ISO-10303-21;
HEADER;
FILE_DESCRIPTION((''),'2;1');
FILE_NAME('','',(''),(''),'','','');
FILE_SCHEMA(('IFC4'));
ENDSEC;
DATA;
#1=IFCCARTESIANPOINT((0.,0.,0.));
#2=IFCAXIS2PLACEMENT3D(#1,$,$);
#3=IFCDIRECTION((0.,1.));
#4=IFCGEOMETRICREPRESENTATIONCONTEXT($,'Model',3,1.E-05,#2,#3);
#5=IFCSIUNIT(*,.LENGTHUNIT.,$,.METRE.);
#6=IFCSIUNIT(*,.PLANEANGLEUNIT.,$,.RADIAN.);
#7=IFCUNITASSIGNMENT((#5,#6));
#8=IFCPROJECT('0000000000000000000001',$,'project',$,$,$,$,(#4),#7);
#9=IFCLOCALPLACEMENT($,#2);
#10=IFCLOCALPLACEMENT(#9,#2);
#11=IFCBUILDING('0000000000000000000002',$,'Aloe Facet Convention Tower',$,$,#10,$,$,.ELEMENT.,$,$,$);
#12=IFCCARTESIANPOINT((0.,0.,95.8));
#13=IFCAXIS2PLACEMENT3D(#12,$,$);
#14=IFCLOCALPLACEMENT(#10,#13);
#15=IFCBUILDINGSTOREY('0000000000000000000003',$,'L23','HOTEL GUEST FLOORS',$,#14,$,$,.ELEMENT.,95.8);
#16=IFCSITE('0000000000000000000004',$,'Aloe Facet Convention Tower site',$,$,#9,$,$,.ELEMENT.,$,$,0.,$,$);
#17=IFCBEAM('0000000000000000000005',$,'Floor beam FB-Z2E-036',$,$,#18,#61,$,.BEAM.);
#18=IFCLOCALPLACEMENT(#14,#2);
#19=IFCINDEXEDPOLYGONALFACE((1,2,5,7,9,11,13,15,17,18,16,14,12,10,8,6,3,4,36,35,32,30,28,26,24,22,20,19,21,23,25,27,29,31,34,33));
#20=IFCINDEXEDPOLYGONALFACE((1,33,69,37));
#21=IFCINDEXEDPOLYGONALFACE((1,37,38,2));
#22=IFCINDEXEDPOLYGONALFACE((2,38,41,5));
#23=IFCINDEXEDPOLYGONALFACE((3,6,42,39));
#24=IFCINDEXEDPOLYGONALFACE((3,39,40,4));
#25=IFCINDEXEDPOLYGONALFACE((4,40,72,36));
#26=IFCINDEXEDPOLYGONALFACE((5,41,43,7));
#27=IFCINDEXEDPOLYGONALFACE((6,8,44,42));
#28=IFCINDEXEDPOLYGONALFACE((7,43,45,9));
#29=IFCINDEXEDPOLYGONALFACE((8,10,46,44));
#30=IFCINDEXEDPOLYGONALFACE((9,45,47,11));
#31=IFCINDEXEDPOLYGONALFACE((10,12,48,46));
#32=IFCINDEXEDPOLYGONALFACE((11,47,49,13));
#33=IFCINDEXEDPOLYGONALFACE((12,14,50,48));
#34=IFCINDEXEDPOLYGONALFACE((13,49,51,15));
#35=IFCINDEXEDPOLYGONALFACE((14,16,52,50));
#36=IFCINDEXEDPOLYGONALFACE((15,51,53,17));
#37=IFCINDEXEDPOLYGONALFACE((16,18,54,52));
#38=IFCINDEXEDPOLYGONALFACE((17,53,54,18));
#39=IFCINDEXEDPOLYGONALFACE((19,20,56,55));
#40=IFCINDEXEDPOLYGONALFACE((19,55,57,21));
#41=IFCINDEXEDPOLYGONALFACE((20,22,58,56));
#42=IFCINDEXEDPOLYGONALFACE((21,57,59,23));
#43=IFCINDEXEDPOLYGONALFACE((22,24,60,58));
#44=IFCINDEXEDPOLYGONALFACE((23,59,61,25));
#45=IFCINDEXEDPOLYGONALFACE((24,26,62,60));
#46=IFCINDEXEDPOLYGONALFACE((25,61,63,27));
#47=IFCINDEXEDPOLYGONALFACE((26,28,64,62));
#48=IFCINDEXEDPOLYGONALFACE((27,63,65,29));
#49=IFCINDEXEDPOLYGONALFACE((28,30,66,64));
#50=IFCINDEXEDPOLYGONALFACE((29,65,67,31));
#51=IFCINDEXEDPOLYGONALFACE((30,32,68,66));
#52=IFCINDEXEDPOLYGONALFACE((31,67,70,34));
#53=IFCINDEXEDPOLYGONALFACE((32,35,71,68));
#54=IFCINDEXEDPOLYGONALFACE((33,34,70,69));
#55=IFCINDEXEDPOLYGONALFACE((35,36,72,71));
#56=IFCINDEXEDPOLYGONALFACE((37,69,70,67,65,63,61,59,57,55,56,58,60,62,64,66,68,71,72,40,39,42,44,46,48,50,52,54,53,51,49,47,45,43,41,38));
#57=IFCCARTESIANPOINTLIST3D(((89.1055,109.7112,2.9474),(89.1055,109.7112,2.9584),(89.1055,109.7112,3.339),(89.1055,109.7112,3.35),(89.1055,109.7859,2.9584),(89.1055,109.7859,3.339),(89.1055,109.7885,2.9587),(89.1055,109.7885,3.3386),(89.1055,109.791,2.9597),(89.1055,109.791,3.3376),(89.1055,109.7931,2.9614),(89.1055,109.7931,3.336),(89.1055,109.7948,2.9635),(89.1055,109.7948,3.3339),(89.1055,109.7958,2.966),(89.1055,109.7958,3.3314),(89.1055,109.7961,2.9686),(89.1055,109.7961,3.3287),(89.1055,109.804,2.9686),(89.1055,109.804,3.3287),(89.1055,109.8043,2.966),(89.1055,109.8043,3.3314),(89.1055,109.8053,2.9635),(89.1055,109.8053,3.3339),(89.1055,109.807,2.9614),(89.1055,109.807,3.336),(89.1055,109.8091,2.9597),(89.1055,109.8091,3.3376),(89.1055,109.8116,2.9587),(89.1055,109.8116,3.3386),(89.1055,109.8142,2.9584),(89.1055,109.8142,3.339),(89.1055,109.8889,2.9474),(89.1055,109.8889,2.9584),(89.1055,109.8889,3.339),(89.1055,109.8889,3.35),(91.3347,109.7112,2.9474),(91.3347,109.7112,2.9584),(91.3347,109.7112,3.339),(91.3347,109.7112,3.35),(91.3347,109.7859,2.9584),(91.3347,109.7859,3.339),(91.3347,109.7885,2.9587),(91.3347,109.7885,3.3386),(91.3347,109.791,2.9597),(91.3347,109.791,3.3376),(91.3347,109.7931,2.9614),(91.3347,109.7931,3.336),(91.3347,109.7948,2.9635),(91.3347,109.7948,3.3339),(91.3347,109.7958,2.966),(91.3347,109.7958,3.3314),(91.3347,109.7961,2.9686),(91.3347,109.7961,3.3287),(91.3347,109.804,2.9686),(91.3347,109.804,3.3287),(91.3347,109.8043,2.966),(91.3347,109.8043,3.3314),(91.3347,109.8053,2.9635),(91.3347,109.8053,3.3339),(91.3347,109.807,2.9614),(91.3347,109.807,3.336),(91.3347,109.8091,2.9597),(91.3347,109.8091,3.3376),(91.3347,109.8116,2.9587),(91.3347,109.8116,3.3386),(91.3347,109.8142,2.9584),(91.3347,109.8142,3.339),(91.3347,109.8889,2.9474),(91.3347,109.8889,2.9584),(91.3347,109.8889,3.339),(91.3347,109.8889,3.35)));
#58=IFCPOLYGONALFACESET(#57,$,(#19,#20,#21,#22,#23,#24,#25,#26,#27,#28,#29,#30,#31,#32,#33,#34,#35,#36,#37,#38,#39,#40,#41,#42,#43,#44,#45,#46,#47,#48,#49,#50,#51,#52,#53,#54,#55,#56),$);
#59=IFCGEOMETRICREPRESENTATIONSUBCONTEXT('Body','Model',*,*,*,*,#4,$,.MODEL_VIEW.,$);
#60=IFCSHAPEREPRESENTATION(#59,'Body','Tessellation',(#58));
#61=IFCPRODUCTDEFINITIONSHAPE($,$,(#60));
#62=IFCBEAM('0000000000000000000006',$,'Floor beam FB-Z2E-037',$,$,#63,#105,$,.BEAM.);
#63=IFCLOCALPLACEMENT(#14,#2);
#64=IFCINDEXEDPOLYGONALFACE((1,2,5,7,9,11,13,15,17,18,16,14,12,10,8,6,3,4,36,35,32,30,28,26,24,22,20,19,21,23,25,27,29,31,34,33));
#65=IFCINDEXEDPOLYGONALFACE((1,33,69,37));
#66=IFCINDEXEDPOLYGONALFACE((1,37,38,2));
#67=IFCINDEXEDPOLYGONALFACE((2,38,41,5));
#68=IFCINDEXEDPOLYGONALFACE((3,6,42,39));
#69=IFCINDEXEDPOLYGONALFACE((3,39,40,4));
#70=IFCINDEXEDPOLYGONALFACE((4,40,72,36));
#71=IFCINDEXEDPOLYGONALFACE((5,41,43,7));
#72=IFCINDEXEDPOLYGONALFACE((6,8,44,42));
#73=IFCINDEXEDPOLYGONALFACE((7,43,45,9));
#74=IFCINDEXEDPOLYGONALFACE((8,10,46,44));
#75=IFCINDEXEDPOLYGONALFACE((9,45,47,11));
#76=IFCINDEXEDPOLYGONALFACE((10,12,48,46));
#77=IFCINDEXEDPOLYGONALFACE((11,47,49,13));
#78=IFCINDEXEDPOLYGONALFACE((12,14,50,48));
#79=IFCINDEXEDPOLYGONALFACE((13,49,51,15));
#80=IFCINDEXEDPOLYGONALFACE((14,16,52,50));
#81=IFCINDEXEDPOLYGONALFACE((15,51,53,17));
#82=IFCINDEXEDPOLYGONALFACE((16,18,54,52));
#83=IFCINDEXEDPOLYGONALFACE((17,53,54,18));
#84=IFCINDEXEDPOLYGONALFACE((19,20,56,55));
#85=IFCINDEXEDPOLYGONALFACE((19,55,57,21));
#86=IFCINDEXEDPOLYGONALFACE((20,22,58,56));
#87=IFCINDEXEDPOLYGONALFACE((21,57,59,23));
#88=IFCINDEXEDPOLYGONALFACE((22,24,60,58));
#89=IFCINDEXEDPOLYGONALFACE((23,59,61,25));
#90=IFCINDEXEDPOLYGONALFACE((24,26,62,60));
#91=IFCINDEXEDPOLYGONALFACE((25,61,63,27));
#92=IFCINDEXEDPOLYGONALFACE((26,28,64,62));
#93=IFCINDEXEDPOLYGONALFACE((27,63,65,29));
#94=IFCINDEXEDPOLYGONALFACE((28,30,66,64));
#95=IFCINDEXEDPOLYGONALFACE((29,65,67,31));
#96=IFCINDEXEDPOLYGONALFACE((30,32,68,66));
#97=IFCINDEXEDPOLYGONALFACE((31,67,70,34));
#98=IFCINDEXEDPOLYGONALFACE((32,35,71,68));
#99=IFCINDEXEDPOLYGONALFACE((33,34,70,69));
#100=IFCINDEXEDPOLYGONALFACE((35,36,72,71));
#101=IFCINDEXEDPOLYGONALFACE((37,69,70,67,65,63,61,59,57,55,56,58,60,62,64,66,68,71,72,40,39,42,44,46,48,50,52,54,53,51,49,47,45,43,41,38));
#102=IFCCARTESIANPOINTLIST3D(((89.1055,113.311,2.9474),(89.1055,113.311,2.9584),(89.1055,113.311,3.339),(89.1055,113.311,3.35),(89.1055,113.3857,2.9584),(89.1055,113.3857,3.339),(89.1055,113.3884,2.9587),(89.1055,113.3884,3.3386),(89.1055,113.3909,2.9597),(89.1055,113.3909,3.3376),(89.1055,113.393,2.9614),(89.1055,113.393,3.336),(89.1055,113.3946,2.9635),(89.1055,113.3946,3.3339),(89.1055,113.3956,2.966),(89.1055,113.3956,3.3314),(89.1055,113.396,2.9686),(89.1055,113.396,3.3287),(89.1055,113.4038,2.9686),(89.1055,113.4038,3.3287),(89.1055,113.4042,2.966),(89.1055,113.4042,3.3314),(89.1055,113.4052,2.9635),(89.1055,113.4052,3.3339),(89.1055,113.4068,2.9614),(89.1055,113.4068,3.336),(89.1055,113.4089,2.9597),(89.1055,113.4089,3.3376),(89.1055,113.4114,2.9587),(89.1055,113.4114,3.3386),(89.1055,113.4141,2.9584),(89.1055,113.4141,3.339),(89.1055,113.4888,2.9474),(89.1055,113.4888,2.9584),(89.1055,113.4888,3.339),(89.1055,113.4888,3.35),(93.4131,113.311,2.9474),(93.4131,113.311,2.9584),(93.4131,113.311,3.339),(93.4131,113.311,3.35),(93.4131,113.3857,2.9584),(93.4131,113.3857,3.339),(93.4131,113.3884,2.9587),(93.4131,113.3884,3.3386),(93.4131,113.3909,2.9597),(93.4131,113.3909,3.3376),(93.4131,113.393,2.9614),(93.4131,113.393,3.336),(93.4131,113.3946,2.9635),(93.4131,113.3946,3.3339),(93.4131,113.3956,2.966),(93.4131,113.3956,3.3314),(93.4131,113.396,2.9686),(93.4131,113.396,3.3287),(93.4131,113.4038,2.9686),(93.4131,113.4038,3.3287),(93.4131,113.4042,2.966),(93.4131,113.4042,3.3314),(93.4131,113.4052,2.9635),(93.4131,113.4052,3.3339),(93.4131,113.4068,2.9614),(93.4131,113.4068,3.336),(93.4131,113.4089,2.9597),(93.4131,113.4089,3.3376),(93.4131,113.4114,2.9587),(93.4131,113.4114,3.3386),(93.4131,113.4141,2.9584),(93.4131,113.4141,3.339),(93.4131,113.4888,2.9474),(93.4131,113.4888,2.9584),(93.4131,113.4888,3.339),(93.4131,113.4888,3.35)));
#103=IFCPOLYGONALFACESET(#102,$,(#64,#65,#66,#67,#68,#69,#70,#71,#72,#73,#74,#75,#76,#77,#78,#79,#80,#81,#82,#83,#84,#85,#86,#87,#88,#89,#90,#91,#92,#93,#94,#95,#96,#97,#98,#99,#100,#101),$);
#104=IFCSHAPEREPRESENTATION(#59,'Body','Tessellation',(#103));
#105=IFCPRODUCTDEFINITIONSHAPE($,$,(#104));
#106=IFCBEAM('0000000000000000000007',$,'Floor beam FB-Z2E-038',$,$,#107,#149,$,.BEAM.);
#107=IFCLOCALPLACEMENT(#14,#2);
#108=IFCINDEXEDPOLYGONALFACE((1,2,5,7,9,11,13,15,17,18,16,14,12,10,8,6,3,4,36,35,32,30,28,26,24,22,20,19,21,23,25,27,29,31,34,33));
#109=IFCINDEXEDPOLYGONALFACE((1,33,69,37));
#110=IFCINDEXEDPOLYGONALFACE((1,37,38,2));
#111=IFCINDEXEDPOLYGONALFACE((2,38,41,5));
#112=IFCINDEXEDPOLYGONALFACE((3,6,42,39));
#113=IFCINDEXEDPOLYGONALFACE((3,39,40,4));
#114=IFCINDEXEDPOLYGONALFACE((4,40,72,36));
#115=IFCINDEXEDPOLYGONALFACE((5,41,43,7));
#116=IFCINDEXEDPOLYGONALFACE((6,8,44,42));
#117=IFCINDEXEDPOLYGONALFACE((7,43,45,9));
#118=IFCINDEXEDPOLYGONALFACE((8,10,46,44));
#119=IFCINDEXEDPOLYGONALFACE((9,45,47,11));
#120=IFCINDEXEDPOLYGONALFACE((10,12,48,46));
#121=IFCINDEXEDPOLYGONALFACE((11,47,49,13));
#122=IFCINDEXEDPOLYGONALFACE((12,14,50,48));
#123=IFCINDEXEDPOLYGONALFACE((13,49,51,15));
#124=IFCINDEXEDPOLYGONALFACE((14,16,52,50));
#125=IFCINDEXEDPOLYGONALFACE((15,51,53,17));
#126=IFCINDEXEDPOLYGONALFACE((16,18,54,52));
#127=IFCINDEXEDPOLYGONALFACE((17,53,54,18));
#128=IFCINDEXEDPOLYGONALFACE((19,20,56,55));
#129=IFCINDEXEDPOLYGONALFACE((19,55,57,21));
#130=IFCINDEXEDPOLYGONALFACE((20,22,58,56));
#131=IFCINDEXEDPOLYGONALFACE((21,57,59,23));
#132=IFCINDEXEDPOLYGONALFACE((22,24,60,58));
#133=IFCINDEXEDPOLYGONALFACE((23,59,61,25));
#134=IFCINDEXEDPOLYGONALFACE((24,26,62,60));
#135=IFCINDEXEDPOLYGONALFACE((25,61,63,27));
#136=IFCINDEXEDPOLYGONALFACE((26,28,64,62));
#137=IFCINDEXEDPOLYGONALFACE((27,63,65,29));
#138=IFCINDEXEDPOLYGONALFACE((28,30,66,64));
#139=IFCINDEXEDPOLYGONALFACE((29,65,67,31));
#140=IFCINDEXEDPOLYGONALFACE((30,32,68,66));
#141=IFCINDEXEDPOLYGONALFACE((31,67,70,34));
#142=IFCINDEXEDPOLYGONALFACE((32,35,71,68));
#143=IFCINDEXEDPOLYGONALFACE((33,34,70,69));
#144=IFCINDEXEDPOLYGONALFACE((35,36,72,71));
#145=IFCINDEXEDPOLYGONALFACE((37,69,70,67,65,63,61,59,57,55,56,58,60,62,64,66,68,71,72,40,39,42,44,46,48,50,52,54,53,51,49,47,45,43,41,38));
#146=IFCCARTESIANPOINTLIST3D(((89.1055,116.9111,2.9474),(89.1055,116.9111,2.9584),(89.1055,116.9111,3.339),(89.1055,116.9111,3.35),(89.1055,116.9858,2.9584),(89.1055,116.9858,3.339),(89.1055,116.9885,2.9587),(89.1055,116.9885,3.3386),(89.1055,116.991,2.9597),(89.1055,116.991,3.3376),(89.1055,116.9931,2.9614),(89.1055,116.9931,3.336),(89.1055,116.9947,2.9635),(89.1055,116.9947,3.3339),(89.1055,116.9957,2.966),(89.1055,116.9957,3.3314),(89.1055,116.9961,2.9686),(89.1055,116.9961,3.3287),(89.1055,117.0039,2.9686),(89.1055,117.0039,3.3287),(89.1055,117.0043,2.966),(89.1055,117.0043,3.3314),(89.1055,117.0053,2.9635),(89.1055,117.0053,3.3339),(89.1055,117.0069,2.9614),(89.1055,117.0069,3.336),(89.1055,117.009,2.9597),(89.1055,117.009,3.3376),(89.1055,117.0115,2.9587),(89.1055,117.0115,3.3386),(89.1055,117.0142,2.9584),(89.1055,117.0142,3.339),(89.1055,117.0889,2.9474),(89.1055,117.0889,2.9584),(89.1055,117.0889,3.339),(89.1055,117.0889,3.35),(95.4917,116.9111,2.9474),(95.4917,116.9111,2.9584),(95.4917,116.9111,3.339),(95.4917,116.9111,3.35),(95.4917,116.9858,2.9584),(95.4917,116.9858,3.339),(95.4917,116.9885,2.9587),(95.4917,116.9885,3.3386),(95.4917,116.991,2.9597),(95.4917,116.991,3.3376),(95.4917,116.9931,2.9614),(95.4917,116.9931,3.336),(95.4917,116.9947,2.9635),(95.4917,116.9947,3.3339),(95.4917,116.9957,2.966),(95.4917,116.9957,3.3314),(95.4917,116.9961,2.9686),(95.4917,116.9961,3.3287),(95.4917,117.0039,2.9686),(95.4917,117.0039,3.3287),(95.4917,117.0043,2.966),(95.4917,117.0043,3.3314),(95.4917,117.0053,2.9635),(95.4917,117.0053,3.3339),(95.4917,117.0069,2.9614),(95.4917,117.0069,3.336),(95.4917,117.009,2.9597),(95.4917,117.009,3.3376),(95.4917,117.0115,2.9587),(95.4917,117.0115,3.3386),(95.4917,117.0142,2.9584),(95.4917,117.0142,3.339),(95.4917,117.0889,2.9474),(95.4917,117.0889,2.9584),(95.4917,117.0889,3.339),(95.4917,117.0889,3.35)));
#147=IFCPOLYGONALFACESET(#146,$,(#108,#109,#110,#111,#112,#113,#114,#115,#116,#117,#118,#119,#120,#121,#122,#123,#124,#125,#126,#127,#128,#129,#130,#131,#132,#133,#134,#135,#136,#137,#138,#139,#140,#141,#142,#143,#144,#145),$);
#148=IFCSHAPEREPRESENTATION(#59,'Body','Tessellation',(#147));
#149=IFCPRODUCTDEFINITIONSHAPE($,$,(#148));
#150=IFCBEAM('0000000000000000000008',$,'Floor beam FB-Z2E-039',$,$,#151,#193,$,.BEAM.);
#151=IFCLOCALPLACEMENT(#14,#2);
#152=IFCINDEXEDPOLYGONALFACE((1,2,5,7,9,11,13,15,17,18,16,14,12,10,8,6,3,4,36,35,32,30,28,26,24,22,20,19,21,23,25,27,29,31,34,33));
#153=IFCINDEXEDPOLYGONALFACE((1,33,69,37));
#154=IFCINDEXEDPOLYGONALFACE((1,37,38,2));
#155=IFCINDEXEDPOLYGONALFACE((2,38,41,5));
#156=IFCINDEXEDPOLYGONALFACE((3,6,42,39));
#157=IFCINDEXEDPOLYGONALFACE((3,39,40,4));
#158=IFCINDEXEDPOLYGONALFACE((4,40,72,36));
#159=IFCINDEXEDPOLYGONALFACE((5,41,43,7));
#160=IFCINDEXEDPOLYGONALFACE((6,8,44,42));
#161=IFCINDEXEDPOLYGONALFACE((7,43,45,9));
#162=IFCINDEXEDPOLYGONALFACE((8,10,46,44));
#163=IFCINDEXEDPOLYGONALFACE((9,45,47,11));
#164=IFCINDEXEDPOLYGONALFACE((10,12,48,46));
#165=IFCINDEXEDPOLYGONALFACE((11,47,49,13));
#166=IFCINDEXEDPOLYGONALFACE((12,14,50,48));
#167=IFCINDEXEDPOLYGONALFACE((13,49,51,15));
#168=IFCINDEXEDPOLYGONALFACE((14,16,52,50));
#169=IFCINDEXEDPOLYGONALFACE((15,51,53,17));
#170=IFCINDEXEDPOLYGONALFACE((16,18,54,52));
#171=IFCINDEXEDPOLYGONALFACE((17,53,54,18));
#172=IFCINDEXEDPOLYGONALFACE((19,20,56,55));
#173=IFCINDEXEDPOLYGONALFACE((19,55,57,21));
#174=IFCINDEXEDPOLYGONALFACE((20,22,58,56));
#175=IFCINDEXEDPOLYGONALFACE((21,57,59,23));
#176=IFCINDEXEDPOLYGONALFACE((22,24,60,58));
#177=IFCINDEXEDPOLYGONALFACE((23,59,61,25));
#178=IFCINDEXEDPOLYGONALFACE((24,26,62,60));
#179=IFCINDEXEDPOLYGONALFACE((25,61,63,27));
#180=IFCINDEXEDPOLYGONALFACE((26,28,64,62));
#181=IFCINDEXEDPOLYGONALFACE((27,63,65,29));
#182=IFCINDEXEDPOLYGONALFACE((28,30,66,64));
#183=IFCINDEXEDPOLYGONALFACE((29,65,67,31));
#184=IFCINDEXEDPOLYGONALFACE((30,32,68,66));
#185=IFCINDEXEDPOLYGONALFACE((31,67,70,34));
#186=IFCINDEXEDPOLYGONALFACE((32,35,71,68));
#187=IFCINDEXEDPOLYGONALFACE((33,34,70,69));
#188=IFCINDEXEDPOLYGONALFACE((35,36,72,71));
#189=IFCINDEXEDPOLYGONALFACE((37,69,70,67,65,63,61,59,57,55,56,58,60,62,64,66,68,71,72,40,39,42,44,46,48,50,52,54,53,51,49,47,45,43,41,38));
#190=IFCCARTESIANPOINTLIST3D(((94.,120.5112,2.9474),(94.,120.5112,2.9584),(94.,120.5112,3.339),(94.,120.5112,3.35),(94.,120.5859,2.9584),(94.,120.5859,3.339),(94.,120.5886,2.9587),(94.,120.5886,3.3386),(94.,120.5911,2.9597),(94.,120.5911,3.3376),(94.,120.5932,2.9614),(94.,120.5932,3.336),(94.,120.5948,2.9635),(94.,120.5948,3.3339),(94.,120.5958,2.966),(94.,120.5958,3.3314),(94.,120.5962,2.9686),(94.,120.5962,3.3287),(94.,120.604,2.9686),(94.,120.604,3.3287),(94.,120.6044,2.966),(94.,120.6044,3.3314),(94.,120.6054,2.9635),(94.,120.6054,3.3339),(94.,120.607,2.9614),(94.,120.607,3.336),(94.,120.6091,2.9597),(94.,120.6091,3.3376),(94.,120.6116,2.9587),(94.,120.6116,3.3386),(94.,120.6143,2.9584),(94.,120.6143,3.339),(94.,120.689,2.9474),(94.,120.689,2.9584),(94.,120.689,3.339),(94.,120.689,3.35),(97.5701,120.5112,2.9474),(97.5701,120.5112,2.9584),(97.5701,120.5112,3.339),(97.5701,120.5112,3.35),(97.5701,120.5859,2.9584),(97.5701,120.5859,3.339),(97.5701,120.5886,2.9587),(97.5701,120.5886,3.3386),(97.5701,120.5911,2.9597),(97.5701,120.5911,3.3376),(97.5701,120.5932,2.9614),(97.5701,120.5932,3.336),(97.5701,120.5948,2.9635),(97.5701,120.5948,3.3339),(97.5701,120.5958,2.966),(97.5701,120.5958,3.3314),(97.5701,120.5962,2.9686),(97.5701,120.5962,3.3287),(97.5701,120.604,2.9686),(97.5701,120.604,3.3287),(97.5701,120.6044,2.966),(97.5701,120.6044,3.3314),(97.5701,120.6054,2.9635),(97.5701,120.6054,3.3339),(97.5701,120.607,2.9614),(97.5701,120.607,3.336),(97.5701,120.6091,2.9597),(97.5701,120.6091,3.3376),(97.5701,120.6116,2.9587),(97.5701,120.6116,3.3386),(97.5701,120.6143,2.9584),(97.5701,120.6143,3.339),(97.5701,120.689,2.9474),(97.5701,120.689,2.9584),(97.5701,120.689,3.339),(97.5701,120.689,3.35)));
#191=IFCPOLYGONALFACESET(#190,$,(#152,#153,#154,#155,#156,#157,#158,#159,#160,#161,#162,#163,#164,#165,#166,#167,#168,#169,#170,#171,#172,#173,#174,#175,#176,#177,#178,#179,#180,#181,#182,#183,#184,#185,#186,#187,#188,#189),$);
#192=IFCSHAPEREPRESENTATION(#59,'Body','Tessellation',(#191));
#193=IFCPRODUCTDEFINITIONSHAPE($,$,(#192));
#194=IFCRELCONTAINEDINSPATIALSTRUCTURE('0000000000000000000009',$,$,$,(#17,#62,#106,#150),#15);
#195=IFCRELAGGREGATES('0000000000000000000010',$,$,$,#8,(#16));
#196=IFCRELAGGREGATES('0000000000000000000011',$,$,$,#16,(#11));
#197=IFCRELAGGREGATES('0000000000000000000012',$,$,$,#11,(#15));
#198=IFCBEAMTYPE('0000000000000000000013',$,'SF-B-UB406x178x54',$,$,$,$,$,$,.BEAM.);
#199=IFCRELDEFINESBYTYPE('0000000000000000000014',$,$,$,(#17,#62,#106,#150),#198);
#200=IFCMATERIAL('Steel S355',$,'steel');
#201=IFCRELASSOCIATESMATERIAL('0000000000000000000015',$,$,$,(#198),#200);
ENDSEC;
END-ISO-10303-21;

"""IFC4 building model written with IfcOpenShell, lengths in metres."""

from ifc_helpers import new_model, si_unit, direction, frame, origin, origin_2d, place, context, subcontext, project, spatial, i_section, extrude, material, material_profile, profile_set, type_object, element, save


model = new_model("IFC4")

# Units and contexts
model_context = context("Model", 3, precision=1e-05, world=origin(), true_north=direction((0.0, 1.0)))
body_context = subcontext(model_context, "Body", "Model", "MODEL_VIEW")
ifc_project = project(units=[si_unit("LENGTHUNIT", "METRE"), si_unit("PLANEANGLEUNIT", "RADIAN")], contexts=[model_context])

# Site, building, storey
site_placement = place(None, origin())
site = spatial("IfcSite", under=ifc_project, at=site_placement, Name="Aloe Facet Convention Tower site", CompositionType="ELEMENT", RefElevation=0.0)
building_placement = place(site_placement, origin())
building = spatial("IfcBuilding", under=site, at=building_placement, Name="Aloe Facet Convention Tower", CompositionType="ELEMENT")
storey_placement = place(building_placement, frame((0.0, 0.0, 95.8)))
storey = spatial("IfcBuildingStorey", under=building, at=storey_placement, Name="L23", Description="HOTEL GUEST FLOORS", CompositionType="ELEMENT", Elevation=95.8)

# Beams
ifc_material_1 = material(Name="Steel S355", Category="steel")
ifc_material_profile_1 = material_profile(ifc_material_1, i_section(OverallWidth=0.1777, OverallDepth=0.4026, WebThickness=0.0078, FlangeThickness=0.011, FilletRadius=0.0103, at=origin_2d()), Name="UB 406x178x54")
ifc_profile_set_1 = profile_set([ifc_material_profile_1], Name="Steel S355")
beam_type_1 = type_object("IfcBeamType", Name="SF-B-UB406x178x54", PredefinedType="BEAM", material=ifc_profile_set_1)
beam_1_placement = place(storey_placement, frame((89.1055, 109.8, 3.1487), z_axis=(1.0, 0.0, 0.0), x_axis=(0.0, 1.0, 0.0)))
element("IfcBeam", 1, at=beam_1_placement, inside=storey, type_object=beam_type_1, Name="Floor beam FB-Z2E-036", PredefinedType="BEAM", context=body_context, shape_type="SweptSolid", body=[
    extrude(i_section(OverallWidth=0.1777, OverallDepth=0.4026, WebThickness=0.0078, FlangeThickness=0.011, FilletRadius=0.0103, at=origin_2d()), origin(), (0.0, 0.0, 1.0), 2.2292),
])
beam_2_placement = place(storey_placement, frame((89.1055, 113.3999, 3.1487), z_axis=(1.0, 0.0, 0.0), x_axis=(0.0, 1.0, 0.0)))
element("IfcBeam", 2, at=beam_2_placement, inside=storey, type_object=beam_type_1, Name="Floor beam FB-Z2E-037", PredefinedType="BEAM", context=body_context, shape_type="SweptSolid", body=[
    extrude(i_section(OverallWidth=0.1777, OverallDepth=0.4026, WebThickness=0.0078, FlangeThickness=0.011, FilletRadius=0.0103, at=origin_2d()), origin(), (0.0, 0.0, 1.0), 4.3076),
])
beam_3_placement = place(storey_placement, frame((89.1055, 117.0, 3.1487), z_axis=(1.0, 0.0, 0.0), x_axis=(0.0, 1.0, 0.0)))
element("IfcBeam", 3, at=beam_3_placement, inside=storey, type_object=beam_type_1, Name="Floor beam FB-Z2E-038", PredefinedType="BEAM", context=body_context, shape_type="SweptSolid", body=[
    extrude(i_section(OverallWidth=0.1777, OverallDepth=0.4026, WebThickness=0.0078, FlangeThickness=0.011, FilletRadius=0.0103, at=origin_2d()), origin(), (0.0, 0.0, 1.0), 6.3862),
])
beam_4_placement = place(storey_placement, frame((94.0, 120.6001, 3.1487), z_axis=(1.0, 0.0, 0.0), x_axis=(0.0, 1.0, 0.0)))
element("IfcBeam", 4, at=beam_4_placement, inside=storey, type_object=beam_type_1, Name="Floor beam FB-Z2E-039", PredefinedType="BEAM", context=body_context, shape_type="SweptSolid", body=[
    extrude(i_section(OverallWidth=0.1777, OverallDepth=0.4026, WebThickness=0.0078, FlangeThickness=0.011, FilletRadius=0.0103, at=origin_2d()), origin(), (0.0, 0.0, 1.0), 3.5701),
])

save(model, "model.ifc")
